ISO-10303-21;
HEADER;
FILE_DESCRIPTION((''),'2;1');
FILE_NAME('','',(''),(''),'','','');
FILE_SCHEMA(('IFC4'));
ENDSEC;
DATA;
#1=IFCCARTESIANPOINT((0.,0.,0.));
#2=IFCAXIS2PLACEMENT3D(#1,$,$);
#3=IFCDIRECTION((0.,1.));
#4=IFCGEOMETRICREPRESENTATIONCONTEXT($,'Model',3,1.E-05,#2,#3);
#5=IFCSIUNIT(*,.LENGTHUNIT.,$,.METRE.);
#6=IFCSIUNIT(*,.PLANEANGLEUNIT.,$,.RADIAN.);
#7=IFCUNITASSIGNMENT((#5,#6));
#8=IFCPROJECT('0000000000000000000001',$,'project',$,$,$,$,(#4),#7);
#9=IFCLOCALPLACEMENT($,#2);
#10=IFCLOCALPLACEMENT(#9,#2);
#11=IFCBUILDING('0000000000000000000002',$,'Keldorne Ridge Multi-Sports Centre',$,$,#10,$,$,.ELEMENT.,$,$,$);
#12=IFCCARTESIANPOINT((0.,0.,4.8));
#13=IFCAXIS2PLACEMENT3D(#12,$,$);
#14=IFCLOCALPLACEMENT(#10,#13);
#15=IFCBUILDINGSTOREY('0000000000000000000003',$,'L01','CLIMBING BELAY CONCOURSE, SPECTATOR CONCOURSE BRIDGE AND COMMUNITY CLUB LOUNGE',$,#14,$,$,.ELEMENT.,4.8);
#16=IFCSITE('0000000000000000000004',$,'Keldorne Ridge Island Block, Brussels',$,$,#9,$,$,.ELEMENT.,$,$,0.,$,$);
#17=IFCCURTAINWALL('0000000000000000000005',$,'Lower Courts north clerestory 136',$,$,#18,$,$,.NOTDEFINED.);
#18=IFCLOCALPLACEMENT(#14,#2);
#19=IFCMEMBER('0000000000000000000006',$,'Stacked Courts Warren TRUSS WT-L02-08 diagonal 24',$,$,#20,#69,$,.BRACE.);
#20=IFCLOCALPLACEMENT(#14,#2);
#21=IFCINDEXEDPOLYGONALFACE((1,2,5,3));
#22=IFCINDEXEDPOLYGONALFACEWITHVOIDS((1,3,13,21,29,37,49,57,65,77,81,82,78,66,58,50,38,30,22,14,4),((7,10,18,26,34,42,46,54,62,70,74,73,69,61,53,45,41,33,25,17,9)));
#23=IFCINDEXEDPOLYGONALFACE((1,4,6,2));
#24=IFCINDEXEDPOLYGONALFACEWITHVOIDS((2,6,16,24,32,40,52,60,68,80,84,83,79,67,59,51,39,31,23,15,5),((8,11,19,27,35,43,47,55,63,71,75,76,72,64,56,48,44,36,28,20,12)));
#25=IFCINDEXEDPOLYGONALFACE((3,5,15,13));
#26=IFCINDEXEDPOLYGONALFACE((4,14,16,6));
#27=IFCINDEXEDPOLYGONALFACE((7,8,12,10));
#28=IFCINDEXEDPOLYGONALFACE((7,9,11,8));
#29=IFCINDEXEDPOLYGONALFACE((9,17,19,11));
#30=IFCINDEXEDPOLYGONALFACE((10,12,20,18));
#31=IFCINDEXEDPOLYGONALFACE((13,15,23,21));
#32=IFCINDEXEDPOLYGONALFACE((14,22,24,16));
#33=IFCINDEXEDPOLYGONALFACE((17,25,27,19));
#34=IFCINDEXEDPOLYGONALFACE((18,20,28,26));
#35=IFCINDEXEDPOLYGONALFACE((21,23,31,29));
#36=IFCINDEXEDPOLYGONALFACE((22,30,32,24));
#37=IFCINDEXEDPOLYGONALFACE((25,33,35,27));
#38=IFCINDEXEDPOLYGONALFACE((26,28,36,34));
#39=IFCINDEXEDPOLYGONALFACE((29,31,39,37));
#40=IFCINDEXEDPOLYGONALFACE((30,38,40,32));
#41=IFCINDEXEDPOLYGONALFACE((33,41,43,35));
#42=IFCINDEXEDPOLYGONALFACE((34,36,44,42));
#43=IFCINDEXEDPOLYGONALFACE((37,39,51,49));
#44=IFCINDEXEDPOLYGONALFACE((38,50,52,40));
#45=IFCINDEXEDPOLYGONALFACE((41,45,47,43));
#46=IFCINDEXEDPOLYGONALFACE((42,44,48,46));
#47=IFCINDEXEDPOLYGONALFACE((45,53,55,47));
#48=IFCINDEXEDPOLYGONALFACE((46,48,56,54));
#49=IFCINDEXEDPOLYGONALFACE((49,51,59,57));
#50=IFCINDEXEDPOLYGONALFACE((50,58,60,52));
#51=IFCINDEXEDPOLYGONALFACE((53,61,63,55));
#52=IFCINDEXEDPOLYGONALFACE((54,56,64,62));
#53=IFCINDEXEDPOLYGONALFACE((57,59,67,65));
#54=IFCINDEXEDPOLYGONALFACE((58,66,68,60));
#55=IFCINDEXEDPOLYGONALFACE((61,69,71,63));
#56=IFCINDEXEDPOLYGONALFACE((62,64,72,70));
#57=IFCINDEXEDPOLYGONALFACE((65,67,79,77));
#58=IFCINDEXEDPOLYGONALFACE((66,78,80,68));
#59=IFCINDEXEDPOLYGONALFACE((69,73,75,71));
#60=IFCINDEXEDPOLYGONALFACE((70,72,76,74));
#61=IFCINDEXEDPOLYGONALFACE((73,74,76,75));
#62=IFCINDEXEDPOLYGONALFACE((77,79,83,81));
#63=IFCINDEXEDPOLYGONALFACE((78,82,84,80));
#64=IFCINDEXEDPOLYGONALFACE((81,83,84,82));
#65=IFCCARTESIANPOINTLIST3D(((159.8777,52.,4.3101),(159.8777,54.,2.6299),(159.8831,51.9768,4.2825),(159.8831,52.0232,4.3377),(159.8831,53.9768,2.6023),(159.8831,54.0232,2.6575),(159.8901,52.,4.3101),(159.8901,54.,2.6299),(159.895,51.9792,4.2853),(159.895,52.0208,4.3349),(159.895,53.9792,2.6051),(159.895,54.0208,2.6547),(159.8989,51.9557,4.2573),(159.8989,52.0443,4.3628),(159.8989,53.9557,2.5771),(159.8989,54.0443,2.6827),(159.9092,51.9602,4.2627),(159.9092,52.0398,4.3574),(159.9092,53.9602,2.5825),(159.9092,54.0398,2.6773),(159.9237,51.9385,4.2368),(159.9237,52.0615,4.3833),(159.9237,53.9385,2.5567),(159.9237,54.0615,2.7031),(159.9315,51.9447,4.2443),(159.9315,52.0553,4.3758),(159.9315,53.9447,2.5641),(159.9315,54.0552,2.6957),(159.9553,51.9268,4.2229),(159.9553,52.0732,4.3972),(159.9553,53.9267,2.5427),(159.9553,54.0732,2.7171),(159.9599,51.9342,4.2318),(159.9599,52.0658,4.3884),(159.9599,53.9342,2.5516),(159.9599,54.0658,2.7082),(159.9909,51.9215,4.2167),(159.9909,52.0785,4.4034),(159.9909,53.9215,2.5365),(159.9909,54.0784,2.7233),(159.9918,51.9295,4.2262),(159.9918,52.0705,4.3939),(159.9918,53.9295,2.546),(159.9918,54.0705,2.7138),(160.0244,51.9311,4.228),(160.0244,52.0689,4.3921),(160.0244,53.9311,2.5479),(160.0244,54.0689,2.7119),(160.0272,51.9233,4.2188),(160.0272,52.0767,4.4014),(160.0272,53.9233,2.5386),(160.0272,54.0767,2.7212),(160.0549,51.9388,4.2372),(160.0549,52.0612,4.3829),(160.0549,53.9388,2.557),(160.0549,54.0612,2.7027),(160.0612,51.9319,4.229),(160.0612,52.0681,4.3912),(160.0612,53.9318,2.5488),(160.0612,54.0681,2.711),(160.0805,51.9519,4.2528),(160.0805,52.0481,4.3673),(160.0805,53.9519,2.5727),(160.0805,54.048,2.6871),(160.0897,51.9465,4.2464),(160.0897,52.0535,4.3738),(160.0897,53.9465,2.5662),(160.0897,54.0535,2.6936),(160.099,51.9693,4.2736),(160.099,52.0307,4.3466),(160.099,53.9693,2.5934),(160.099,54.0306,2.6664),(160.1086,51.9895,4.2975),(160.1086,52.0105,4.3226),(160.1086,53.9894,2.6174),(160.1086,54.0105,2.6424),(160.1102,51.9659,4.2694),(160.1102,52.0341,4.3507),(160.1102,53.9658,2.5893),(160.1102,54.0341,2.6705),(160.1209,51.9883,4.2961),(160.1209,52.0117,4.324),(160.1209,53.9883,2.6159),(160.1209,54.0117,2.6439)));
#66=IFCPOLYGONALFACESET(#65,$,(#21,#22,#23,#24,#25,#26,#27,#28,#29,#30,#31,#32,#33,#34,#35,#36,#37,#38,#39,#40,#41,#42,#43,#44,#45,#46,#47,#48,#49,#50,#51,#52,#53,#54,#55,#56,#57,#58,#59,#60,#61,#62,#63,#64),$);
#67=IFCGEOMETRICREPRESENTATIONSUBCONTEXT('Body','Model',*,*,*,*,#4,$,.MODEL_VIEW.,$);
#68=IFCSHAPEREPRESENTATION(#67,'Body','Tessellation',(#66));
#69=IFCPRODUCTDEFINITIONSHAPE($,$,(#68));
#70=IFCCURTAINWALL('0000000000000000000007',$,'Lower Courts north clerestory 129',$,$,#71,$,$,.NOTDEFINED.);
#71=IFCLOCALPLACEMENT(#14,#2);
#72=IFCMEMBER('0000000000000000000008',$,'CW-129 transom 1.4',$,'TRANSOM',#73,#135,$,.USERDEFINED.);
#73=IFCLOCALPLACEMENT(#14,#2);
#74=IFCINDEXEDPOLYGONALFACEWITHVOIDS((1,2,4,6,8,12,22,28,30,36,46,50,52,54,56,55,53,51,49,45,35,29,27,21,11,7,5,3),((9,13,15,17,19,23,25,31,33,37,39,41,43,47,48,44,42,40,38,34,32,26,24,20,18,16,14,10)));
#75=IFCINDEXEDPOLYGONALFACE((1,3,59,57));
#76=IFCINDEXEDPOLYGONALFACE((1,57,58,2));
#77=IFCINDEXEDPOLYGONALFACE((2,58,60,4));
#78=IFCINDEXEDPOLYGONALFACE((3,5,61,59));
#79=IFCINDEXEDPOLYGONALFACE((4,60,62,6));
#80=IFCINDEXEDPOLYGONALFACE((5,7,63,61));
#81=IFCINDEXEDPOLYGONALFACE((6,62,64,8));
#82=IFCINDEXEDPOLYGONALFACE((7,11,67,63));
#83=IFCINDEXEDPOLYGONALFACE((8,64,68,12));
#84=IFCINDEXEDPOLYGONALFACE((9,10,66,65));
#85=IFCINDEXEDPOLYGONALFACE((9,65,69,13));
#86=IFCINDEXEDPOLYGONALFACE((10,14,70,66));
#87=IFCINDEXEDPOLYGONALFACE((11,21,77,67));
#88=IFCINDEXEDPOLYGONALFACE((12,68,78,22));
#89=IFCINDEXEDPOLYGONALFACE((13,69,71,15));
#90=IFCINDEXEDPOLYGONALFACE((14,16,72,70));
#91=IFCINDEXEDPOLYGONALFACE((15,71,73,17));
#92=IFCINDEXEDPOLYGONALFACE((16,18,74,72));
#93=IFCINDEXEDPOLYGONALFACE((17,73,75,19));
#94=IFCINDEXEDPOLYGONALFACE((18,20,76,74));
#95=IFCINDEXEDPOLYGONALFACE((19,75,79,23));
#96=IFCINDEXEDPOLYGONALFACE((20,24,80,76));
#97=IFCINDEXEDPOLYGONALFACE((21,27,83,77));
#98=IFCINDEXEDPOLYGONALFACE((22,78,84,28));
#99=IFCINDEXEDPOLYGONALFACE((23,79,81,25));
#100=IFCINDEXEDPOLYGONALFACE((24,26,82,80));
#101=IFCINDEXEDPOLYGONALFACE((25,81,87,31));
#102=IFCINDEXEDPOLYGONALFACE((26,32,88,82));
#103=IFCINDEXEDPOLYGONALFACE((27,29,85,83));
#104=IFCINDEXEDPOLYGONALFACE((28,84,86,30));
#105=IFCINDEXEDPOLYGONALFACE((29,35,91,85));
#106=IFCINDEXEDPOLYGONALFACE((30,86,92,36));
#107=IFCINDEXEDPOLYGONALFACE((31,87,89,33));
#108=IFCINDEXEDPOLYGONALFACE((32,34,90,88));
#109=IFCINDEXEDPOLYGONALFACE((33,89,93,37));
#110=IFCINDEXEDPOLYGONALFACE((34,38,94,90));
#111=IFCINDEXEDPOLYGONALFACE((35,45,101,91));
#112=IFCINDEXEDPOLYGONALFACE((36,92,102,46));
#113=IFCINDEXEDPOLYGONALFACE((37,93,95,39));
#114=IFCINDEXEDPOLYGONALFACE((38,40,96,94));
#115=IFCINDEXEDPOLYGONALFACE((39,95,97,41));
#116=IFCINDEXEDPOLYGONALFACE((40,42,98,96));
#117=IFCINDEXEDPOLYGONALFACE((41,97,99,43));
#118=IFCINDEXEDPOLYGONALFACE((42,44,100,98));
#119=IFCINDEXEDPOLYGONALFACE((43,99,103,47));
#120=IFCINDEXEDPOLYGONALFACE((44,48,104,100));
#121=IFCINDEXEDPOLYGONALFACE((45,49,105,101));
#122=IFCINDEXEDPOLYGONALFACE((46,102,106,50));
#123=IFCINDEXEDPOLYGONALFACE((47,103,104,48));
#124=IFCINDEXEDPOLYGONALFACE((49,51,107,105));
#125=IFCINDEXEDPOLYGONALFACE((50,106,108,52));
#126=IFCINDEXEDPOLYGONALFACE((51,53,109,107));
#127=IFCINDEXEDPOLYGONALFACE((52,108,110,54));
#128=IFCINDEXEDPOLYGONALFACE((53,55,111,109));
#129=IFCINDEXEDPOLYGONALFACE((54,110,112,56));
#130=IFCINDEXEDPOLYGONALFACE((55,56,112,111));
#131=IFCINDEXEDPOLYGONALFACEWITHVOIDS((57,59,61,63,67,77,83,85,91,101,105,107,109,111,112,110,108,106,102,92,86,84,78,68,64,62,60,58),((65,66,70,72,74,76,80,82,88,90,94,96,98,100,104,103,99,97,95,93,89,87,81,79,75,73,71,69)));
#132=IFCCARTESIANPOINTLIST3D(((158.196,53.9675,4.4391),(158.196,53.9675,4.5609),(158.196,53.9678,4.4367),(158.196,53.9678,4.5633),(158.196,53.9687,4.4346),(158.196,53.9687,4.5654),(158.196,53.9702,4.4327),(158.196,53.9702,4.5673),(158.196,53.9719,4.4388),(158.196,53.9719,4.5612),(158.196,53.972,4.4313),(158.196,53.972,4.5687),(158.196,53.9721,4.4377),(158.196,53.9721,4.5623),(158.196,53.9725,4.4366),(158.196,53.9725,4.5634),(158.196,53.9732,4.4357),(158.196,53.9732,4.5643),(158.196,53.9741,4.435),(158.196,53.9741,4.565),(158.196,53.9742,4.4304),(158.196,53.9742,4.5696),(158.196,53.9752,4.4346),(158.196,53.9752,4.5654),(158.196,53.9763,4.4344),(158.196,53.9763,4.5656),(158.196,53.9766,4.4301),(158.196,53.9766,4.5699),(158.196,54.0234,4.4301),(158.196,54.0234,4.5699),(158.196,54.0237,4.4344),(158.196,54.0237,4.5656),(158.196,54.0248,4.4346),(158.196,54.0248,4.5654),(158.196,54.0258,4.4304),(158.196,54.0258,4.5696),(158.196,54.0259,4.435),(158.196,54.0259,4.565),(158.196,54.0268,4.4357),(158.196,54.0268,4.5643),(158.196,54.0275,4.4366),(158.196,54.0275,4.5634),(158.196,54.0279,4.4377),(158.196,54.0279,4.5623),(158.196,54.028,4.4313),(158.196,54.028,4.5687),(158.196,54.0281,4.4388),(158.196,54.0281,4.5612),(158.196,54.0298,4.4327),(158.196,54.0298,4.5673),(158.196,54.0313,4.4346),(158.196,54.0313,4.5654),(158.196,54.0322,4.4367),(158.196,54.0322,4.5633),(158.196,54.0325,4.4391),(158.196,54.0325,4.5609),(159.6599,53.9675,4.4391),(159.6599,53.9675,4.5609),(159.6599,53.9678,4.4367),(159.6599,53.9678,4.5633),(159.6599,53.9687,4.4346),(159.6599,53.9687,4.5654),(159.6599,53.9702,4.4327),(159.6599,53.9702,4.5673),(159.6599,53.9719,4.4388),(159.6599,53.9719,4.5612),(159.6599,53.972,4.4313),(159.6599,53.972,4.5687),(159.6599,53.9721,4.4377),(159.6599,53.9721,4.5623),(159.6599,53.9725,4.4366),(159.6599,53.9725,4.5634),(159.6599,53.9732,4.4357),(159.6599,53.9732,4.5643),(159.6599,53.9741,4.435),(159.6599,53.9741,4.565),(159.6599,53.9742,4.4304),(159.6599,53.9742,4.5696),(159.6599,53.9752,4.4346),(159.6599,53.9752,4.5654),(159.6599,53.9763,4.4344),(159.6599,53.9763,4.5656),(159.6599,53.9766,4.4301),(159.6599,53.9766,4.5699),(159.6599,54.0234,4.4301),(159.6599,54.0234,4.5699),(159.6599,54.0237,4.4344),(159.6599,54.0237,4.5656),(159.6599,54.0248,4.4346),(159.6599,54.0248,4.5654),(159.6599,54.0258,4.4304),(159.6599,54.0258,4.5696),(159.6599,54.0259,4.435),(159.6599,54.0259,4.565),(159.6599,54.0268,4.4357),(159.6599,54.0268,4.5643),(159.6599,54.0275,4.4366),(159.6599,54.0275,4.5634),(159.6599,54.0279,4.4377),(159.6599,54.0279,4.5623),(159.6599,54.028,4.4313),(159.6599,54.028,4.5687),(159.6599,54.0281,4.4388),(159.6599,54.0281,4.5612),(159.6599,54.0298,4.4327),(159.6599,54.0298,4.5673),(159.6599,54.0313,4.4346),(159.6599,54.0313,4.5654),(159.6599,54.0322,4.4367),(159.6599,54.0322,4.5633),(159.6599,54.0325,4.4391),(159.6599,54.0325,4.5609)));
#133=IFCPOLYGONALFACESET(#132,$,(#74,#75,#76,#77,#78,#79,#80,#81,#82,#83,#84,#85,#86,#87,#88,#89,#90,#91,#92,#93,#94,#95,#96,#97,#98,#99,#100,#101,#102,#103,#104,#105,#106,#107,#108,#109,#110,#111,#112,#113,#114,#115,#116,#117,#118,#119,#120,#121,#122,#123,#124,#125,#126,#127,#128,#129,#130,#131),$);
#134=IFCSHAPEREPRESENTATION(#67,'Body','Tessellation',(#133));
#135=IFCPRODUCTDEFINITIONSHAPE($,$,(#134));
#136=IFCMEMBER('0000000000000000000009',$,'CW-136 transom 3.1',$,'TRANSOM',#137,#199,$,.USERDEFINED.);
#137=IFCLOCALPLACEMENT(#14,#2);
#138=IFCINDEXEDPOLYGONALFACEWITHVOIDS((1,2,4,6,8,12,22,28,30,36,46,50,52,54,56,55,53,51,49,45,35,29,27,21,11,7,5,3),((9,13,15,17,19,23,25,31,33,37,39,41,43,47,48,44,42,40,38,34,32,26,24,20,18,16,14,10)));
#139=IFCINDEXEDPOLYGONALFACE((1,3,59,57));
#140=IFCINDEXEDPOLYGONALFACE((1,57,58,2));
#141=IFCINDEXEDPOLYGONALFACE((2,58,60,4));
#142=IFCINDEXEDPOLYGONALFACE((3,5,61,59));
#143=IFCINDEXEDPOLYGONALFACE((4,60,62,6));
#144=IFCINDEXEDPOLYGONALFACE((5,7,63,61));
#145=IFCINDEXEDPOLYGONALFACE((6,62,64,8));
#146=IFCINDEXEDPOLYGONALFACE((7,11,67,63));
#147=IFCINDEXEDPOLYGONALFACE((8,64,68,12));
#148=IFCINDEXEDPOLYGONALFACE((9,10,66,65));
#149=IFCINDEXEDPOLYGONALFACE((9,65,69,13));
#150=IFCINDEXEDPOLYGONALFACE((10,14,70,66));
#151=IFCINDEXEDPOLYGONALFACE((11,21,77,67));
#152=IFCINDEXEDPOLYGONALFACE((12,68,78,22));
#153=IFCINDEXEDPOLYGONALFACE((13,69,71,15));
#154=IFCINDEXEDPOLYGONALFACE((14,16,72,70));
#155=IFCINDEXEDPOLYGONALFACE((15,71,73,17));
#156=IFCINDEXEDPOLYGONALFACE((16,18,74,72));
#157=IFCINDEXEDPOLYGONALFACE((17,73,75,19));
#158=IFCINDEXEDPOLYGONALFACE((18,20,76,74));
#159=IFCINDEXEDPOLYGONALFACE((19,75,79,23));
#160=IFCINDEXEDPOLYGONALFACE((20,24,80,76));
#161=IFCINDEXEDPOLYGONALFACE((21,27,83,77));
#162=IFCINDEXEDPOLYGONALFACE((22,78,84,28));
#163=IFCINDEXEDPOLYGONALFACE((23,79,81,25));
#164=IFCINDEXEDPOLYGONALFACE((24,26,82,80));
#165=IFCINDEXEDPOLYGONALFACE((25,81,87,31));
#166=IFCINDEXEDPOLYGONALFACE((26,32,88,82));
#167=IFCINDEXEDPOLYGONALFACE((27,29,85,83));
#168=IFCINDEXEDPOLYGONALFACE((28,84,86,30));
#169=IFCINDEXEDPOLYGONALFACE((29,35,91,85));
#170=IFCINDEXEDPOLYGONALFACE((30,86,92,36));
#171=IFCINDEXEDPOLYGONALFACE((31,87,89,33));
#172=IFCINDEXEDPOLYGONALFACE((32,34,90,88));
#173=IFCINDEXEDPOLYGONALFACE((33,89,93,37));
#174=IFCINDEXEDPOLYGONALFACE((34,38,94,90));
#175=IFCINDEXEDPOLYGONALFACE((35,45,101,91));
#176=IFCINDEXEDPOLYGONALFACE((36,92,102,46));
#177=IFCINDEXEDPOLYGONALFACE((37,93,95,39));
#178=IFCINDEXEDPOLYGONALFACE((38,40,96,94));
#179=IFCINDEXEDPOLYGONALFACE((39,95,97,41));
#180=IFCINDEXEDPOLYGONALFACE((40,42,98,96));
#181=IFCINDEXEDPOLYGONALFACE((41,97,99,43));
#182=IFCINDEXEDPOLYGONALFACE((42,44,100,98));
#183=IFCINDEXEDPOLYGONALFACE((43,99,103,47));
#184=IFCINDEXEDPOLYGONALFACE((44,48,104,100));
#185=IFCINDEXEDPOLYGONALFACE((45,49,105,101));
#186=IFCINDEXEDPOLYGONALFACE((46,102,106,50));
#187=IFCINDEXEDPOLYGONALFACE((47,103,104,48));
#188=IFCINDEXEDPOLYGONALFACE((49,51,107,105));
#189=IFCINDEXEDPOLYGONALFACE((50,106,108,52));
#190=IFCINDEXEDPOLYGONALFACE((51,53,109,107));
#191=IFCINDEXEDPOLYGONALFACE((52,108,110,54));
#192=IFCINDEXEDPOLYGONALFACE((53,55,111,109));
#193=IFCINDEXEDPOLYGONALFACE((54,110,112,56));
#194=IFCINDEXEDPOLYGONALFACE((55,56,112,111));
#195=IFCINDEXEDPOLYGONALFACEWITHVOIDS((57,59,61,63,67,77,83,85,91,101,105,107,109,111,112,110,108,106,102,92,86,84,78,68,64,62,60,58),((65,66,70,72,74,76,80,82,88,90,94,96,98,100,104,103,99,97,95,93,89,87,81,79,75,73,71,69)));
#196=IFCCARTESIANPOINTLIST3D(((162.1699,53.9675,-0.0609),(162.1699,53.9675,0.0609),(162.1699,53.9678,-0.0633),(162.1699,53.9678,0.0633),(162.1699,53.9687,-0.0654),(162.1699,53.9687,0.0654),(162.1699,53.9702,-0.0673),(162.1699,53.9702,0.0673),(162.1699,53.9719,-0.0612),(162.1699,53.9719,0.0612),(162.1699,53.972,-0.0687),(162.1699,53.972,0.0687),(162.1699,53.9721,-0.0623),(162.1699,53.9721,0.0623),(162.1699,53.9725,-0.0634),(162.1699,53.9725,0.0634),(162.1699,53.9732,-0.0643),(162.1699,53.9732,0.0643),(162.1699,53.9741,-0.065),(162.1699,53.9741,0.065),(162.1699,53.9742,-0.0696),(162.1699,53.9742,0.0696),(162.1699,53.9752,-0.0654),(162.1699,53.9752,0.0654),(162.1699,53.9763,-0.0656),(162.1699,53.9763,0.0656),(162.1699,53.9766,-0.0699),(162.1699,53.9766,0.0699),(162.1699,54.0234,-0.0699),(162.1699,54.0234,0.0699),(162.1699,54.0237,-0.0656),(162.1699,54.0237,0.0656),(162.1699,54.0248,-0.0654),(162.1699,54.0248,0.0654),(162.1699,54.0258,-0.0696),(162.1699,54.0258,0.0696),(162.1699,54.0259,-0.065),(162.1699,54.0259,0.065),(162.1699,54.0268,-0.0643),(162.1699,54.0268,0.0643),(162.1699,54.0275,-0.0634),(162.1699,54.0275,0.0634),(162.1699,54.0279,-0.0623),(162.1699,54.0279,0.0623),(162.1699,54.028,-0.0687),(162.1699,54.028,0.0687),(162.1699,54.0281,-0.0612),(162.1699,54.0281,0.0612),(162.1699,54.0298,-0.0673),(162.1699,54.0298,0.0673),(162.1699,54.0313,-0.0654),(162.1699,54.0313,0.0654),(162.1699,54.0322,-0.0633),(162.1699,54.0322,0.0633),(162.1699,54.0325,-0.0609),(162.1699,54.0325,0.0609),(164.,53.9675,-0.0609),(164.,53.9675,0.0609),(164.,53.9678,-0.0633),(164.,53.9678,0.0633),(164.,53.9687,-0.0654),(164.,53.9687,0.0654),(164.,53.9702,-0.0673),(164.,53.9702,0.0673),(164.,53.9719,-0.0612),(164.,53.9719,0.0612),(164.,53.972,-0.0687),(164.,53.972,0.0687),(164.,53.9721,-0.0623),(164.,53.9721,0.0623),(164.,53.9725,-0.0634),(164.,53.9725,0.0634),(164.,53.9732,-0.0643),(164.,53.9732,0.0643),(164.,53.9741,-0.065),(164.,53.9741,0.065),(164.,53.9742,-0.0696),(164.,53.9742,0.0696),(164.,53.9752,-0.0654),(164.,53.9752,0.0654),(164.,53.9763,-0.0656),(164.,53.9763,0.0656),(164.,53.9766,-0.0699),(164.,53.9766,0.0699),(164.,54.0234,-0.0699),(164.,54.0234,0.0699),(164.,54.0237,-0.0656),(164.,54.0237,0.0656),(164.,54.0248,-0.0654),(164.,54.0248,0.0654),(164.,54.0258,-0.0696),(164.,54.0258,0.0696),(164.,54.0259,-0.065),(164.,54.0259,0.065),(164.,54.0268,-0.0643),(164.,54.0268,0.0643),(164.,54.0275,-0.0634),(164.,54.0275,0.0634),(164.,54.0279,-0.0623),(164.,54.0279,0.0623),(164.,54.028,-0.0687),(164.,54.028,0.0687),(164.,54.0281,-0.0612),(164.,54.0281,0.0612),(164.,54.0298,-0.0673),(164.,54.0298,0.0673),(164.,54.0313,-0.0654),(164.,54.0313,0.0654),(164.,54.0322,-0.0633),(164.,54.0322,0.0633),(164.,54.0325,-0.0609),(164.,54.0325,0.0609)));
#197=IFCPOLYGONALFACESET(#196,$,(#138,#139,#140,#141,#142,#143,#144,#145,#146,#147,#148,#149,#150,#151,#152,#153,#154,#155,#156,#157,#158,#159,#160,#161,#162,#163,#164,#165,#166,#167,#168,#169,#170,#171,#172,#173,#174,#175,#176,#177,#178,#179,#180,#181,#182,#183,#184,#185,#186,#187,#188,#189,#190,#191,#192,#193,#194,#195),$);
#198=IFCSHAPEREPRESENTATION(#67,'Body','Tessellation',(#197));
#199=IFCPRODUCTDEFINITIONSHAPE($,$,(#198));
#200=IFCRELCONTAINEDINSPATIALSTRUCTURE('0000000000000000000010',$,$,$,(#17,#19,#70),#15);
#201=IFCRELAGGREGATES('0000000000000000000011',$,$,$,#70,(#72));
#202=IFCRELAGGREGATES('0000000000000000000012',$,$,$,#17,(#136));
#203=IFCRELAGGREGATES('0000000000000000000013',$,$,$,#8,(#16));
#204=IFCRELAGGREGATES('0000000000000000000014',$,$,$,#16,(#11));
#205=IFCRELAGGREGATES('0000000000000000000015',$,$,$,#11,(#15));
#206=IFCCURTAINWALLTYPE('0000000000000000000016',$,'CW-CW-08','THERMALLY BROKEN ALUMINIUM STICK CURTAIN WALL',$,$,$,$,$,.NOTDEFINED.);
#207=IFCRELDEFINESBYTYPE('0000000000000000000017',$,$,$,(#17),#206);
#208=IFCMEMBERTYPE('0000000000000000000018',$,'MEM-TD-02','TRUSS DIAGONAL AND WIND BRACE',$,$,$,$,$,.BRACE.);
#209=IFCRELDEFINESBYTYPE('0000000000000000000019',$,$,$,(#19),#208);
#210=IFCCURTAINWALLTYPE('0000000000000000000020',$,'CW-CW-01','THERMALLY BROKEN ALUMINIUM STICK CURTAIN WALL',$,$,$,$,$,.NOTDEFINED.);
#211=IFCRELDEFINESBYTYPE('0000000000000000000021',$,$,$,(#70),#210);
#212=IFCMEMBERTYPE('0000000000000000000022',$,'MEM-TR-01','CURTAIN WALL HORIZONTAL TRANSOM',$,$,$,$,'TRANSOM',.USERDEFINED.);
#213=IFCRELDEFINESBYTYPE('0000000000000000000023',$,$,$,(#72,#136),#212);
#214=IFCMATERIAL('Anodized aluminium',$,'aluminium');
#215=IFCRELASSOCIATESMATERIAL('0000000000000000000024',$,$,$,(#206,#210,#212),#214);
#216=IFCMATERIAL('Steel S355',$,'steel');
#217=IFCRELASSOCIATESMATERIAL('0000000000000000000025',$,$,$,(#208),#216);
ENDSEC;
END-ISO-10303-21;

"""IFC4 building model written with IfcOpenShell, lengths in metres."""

from ifc_helpers import new_model, si_unit, direction, frame, origin, origin_2d, place, context, subcontext, project, spatial, hollow_rectangle, hollow_circle, extrude, material, material_profile, profile_set, type_object, element, aggregate, save


model = new_model("IFC4")

# Units and contexts
model_context = context("Model", 3, precision=1e-05, world=origin(), true_north=direction((0.0, 1.0)))
body_context = subcontext(model_context, "Body", "Model", "MODEL_VIEW")
ifc_project = project(units=[si_unit("LENGTHUNIT", "METRE"), si_unit("PLANEANGLEUNIT", "RADIAN")], contexts=[model_context])

# Site, building, storey
site_placement = place(None, origin())
site = spatial("IfcSite", under=ifc_project, at=site_placement, Name="Keldorne Ridge Island Block, Brussels", CompositionType="ELEMENT", RefElevation=0.0)
building_placement = place(site_placement, origin())
building = spatial("IfcBuilding", under=site, at=building_placement, Name="Keldorne Ridge Multi-Sports Centre", CompositionType="ELEMENT")
storey_placement = place(building_placement, frame((0.0, 0.0, 4.8)))
storey = spatial("IfcBuildingStorey", under=building, at=storey_placement, Name="L01", Description="CLIMBING BELAY CONCOURSE, SPECTATOR CONCOURSE BRIDGE AND COMMUNITY CLUB LOUNGE", CompositionType="ELEMENT", Elevation=4.8)

# Shared definitions
ifc_material_1 = material(Name="Steel S355", Category="steel")

# Curtain wall
ifc_material_2 = material(Name="Anodized aluminium", Category="aluminium")
curtain_wall_type_1 = type_object("IfcCurtainWallType", Name="CW-CW-08", Description="THERMALLY BROKEN ALUMINIUM STICK CURTAIN WALL", PredefinedType="NOTDEFINED", material=ifc_material_2)
curtain_wall_1_placement = place(storey_placement, origin())
curtain_wall_1 = element("IfcCurtainWall", 1, at=curtain_wall_1_placement, inside=storey, type_object=curtain_wall_type_1, Name="Lower Courts north clerestory 136", PredefinedType="NOTDEFINED")

# Member
ifc_material_profile_1 = material_profile(ifc_material_1, hollow_circle(Radius=0.1223, WallThickness=0.0125, at=origin_2d()), Name="CHS 244.5x12.5")
ifc_profile_set_1 = profile_set([ifc_material_profile_1], Name="Steel S355")
member_type_1 = type_object("IfcMemberType", Name="MEM-TD-02", Description="TRUSS DIAGONAL AND WIND BRACE", PredefinedType="BRACE", material=ifc_profile_set_1)
for number, where, z_axis, x_axis, name in (
    (2, (160.0, 52.0, 4.3101), (0.0, 0.765672, -0.643232), (-1.0, 0.0, 0.0), "Stacked Courts Warren TRUSS WT-L02-08 diagonal 24"),
):
    element("IfcMember", number, at=place(storey_placement, frame(where, z_axis=z_axis, x_axis=x_axis)), inside=storey, type_object=member_type_1, Name=name, PredefinedType="BRACE", context=body_context, shape_type="SweptSolid", body=[
        extrude(hollow_circle(Radius=0.1223, WallThickness=0.0125, at=origin_2d()), origin(), (0.0, 0.0, 1.0), 2.6121),
    ])

# Curtain wall, member
curtain_wall_type_2 = type_object("IfcCurtainWallType", Name="CW-CW-01", Description="THERMALLY BROKEN ALUMINIUM STICK CURTAIN WALL", PredefinedType="NOTDEFINED", material=ifc_material_2)
curtain_wall_2_placement = place(storey_placement, origin())
curtain_wall_2 = element("IfcCurtainWall", 3, at=curtain_wall_2_placement, inside=storey, type_object=curtain_wall_type_2, Name="Lower Courts north clerestory 129", PredefinedType="NOTDEFINED")
ifc_material_profile_2 = material_profile(ifc_material_2, hollow_rectangle(XDim=0.0649, YDim=0.1399, WallThickness=0.0044, InnerFilletRadius=0.0044, OuterFilletRadius=0.009, at=origin_2d()), Name="ALU TRANSOM 140x65x4.5")
ifc_profile_set_2 = profile_set([ifc_material_profile_2], Name="Anodized aluminium")
member_type_2 = type_object("IfcMemberType", Name="MEM-TR-01", Description="CURTAIN WALL HORIZONTAL TRANSOM", ElementType="TRANSOM", PredefinedType="USERDEFINED", material=ifc_profile_set_2)
member_1_placement = place(storey_placement, frame((159.6599, 54.0, 4.5), z_axis=(-1.0, 0.0, 0.0), x_axis=(0.0, -1.0, 0.0)))
member_1 = element("IfcMember", 4, at=member_1_placement, type_object=member_type_2, Name="CW-129 transom 1.4", ObjectType="TRANSOM", PredefinedType="USERDEFINED", context=body_context, shape_type="SweptSolid", body=[
    extrude(hollow_rectangle(XDim=0.0649, YDim=0.1399, WallThickness=0.0044, InnerFilletRadius=0.0044, OuterFilletRadius=0.009, at=origin_2d()), origin(), (0.0, 0.0, 1.0), 1.4639),
])
aggregate(curtain_wall_2, [member_1])

# Member
member_2_placement = place(storey_placement, frame((164.0, 54.0, 0.0), z_axis=(-1.0, 0.0, 0.0), x_axis=(0.0, -1.0, 0.0)))
member_2 = element("IfcMember", 5, at=member_2_placement, type_object=member_type_2, Name="CW-136 transom 3.1", ObjectType="TRANSOM", PredefinedType="USERDEFINED", context=body_context, shape_type="SweptSolid", body=[
    extrude(hollow_rectangle(XDim=0.0649, YDim=0.1399, WallThickness=0.0044, InnerFilletRadius=0.0044, OuterFilletRadius=0.009, at=origin_2d()), origin(), (0.0, 0.0, 1.0), 1.8301),
])

aggregate(curtain_wall_1, [member_2])

save(model, "model.ifc")
